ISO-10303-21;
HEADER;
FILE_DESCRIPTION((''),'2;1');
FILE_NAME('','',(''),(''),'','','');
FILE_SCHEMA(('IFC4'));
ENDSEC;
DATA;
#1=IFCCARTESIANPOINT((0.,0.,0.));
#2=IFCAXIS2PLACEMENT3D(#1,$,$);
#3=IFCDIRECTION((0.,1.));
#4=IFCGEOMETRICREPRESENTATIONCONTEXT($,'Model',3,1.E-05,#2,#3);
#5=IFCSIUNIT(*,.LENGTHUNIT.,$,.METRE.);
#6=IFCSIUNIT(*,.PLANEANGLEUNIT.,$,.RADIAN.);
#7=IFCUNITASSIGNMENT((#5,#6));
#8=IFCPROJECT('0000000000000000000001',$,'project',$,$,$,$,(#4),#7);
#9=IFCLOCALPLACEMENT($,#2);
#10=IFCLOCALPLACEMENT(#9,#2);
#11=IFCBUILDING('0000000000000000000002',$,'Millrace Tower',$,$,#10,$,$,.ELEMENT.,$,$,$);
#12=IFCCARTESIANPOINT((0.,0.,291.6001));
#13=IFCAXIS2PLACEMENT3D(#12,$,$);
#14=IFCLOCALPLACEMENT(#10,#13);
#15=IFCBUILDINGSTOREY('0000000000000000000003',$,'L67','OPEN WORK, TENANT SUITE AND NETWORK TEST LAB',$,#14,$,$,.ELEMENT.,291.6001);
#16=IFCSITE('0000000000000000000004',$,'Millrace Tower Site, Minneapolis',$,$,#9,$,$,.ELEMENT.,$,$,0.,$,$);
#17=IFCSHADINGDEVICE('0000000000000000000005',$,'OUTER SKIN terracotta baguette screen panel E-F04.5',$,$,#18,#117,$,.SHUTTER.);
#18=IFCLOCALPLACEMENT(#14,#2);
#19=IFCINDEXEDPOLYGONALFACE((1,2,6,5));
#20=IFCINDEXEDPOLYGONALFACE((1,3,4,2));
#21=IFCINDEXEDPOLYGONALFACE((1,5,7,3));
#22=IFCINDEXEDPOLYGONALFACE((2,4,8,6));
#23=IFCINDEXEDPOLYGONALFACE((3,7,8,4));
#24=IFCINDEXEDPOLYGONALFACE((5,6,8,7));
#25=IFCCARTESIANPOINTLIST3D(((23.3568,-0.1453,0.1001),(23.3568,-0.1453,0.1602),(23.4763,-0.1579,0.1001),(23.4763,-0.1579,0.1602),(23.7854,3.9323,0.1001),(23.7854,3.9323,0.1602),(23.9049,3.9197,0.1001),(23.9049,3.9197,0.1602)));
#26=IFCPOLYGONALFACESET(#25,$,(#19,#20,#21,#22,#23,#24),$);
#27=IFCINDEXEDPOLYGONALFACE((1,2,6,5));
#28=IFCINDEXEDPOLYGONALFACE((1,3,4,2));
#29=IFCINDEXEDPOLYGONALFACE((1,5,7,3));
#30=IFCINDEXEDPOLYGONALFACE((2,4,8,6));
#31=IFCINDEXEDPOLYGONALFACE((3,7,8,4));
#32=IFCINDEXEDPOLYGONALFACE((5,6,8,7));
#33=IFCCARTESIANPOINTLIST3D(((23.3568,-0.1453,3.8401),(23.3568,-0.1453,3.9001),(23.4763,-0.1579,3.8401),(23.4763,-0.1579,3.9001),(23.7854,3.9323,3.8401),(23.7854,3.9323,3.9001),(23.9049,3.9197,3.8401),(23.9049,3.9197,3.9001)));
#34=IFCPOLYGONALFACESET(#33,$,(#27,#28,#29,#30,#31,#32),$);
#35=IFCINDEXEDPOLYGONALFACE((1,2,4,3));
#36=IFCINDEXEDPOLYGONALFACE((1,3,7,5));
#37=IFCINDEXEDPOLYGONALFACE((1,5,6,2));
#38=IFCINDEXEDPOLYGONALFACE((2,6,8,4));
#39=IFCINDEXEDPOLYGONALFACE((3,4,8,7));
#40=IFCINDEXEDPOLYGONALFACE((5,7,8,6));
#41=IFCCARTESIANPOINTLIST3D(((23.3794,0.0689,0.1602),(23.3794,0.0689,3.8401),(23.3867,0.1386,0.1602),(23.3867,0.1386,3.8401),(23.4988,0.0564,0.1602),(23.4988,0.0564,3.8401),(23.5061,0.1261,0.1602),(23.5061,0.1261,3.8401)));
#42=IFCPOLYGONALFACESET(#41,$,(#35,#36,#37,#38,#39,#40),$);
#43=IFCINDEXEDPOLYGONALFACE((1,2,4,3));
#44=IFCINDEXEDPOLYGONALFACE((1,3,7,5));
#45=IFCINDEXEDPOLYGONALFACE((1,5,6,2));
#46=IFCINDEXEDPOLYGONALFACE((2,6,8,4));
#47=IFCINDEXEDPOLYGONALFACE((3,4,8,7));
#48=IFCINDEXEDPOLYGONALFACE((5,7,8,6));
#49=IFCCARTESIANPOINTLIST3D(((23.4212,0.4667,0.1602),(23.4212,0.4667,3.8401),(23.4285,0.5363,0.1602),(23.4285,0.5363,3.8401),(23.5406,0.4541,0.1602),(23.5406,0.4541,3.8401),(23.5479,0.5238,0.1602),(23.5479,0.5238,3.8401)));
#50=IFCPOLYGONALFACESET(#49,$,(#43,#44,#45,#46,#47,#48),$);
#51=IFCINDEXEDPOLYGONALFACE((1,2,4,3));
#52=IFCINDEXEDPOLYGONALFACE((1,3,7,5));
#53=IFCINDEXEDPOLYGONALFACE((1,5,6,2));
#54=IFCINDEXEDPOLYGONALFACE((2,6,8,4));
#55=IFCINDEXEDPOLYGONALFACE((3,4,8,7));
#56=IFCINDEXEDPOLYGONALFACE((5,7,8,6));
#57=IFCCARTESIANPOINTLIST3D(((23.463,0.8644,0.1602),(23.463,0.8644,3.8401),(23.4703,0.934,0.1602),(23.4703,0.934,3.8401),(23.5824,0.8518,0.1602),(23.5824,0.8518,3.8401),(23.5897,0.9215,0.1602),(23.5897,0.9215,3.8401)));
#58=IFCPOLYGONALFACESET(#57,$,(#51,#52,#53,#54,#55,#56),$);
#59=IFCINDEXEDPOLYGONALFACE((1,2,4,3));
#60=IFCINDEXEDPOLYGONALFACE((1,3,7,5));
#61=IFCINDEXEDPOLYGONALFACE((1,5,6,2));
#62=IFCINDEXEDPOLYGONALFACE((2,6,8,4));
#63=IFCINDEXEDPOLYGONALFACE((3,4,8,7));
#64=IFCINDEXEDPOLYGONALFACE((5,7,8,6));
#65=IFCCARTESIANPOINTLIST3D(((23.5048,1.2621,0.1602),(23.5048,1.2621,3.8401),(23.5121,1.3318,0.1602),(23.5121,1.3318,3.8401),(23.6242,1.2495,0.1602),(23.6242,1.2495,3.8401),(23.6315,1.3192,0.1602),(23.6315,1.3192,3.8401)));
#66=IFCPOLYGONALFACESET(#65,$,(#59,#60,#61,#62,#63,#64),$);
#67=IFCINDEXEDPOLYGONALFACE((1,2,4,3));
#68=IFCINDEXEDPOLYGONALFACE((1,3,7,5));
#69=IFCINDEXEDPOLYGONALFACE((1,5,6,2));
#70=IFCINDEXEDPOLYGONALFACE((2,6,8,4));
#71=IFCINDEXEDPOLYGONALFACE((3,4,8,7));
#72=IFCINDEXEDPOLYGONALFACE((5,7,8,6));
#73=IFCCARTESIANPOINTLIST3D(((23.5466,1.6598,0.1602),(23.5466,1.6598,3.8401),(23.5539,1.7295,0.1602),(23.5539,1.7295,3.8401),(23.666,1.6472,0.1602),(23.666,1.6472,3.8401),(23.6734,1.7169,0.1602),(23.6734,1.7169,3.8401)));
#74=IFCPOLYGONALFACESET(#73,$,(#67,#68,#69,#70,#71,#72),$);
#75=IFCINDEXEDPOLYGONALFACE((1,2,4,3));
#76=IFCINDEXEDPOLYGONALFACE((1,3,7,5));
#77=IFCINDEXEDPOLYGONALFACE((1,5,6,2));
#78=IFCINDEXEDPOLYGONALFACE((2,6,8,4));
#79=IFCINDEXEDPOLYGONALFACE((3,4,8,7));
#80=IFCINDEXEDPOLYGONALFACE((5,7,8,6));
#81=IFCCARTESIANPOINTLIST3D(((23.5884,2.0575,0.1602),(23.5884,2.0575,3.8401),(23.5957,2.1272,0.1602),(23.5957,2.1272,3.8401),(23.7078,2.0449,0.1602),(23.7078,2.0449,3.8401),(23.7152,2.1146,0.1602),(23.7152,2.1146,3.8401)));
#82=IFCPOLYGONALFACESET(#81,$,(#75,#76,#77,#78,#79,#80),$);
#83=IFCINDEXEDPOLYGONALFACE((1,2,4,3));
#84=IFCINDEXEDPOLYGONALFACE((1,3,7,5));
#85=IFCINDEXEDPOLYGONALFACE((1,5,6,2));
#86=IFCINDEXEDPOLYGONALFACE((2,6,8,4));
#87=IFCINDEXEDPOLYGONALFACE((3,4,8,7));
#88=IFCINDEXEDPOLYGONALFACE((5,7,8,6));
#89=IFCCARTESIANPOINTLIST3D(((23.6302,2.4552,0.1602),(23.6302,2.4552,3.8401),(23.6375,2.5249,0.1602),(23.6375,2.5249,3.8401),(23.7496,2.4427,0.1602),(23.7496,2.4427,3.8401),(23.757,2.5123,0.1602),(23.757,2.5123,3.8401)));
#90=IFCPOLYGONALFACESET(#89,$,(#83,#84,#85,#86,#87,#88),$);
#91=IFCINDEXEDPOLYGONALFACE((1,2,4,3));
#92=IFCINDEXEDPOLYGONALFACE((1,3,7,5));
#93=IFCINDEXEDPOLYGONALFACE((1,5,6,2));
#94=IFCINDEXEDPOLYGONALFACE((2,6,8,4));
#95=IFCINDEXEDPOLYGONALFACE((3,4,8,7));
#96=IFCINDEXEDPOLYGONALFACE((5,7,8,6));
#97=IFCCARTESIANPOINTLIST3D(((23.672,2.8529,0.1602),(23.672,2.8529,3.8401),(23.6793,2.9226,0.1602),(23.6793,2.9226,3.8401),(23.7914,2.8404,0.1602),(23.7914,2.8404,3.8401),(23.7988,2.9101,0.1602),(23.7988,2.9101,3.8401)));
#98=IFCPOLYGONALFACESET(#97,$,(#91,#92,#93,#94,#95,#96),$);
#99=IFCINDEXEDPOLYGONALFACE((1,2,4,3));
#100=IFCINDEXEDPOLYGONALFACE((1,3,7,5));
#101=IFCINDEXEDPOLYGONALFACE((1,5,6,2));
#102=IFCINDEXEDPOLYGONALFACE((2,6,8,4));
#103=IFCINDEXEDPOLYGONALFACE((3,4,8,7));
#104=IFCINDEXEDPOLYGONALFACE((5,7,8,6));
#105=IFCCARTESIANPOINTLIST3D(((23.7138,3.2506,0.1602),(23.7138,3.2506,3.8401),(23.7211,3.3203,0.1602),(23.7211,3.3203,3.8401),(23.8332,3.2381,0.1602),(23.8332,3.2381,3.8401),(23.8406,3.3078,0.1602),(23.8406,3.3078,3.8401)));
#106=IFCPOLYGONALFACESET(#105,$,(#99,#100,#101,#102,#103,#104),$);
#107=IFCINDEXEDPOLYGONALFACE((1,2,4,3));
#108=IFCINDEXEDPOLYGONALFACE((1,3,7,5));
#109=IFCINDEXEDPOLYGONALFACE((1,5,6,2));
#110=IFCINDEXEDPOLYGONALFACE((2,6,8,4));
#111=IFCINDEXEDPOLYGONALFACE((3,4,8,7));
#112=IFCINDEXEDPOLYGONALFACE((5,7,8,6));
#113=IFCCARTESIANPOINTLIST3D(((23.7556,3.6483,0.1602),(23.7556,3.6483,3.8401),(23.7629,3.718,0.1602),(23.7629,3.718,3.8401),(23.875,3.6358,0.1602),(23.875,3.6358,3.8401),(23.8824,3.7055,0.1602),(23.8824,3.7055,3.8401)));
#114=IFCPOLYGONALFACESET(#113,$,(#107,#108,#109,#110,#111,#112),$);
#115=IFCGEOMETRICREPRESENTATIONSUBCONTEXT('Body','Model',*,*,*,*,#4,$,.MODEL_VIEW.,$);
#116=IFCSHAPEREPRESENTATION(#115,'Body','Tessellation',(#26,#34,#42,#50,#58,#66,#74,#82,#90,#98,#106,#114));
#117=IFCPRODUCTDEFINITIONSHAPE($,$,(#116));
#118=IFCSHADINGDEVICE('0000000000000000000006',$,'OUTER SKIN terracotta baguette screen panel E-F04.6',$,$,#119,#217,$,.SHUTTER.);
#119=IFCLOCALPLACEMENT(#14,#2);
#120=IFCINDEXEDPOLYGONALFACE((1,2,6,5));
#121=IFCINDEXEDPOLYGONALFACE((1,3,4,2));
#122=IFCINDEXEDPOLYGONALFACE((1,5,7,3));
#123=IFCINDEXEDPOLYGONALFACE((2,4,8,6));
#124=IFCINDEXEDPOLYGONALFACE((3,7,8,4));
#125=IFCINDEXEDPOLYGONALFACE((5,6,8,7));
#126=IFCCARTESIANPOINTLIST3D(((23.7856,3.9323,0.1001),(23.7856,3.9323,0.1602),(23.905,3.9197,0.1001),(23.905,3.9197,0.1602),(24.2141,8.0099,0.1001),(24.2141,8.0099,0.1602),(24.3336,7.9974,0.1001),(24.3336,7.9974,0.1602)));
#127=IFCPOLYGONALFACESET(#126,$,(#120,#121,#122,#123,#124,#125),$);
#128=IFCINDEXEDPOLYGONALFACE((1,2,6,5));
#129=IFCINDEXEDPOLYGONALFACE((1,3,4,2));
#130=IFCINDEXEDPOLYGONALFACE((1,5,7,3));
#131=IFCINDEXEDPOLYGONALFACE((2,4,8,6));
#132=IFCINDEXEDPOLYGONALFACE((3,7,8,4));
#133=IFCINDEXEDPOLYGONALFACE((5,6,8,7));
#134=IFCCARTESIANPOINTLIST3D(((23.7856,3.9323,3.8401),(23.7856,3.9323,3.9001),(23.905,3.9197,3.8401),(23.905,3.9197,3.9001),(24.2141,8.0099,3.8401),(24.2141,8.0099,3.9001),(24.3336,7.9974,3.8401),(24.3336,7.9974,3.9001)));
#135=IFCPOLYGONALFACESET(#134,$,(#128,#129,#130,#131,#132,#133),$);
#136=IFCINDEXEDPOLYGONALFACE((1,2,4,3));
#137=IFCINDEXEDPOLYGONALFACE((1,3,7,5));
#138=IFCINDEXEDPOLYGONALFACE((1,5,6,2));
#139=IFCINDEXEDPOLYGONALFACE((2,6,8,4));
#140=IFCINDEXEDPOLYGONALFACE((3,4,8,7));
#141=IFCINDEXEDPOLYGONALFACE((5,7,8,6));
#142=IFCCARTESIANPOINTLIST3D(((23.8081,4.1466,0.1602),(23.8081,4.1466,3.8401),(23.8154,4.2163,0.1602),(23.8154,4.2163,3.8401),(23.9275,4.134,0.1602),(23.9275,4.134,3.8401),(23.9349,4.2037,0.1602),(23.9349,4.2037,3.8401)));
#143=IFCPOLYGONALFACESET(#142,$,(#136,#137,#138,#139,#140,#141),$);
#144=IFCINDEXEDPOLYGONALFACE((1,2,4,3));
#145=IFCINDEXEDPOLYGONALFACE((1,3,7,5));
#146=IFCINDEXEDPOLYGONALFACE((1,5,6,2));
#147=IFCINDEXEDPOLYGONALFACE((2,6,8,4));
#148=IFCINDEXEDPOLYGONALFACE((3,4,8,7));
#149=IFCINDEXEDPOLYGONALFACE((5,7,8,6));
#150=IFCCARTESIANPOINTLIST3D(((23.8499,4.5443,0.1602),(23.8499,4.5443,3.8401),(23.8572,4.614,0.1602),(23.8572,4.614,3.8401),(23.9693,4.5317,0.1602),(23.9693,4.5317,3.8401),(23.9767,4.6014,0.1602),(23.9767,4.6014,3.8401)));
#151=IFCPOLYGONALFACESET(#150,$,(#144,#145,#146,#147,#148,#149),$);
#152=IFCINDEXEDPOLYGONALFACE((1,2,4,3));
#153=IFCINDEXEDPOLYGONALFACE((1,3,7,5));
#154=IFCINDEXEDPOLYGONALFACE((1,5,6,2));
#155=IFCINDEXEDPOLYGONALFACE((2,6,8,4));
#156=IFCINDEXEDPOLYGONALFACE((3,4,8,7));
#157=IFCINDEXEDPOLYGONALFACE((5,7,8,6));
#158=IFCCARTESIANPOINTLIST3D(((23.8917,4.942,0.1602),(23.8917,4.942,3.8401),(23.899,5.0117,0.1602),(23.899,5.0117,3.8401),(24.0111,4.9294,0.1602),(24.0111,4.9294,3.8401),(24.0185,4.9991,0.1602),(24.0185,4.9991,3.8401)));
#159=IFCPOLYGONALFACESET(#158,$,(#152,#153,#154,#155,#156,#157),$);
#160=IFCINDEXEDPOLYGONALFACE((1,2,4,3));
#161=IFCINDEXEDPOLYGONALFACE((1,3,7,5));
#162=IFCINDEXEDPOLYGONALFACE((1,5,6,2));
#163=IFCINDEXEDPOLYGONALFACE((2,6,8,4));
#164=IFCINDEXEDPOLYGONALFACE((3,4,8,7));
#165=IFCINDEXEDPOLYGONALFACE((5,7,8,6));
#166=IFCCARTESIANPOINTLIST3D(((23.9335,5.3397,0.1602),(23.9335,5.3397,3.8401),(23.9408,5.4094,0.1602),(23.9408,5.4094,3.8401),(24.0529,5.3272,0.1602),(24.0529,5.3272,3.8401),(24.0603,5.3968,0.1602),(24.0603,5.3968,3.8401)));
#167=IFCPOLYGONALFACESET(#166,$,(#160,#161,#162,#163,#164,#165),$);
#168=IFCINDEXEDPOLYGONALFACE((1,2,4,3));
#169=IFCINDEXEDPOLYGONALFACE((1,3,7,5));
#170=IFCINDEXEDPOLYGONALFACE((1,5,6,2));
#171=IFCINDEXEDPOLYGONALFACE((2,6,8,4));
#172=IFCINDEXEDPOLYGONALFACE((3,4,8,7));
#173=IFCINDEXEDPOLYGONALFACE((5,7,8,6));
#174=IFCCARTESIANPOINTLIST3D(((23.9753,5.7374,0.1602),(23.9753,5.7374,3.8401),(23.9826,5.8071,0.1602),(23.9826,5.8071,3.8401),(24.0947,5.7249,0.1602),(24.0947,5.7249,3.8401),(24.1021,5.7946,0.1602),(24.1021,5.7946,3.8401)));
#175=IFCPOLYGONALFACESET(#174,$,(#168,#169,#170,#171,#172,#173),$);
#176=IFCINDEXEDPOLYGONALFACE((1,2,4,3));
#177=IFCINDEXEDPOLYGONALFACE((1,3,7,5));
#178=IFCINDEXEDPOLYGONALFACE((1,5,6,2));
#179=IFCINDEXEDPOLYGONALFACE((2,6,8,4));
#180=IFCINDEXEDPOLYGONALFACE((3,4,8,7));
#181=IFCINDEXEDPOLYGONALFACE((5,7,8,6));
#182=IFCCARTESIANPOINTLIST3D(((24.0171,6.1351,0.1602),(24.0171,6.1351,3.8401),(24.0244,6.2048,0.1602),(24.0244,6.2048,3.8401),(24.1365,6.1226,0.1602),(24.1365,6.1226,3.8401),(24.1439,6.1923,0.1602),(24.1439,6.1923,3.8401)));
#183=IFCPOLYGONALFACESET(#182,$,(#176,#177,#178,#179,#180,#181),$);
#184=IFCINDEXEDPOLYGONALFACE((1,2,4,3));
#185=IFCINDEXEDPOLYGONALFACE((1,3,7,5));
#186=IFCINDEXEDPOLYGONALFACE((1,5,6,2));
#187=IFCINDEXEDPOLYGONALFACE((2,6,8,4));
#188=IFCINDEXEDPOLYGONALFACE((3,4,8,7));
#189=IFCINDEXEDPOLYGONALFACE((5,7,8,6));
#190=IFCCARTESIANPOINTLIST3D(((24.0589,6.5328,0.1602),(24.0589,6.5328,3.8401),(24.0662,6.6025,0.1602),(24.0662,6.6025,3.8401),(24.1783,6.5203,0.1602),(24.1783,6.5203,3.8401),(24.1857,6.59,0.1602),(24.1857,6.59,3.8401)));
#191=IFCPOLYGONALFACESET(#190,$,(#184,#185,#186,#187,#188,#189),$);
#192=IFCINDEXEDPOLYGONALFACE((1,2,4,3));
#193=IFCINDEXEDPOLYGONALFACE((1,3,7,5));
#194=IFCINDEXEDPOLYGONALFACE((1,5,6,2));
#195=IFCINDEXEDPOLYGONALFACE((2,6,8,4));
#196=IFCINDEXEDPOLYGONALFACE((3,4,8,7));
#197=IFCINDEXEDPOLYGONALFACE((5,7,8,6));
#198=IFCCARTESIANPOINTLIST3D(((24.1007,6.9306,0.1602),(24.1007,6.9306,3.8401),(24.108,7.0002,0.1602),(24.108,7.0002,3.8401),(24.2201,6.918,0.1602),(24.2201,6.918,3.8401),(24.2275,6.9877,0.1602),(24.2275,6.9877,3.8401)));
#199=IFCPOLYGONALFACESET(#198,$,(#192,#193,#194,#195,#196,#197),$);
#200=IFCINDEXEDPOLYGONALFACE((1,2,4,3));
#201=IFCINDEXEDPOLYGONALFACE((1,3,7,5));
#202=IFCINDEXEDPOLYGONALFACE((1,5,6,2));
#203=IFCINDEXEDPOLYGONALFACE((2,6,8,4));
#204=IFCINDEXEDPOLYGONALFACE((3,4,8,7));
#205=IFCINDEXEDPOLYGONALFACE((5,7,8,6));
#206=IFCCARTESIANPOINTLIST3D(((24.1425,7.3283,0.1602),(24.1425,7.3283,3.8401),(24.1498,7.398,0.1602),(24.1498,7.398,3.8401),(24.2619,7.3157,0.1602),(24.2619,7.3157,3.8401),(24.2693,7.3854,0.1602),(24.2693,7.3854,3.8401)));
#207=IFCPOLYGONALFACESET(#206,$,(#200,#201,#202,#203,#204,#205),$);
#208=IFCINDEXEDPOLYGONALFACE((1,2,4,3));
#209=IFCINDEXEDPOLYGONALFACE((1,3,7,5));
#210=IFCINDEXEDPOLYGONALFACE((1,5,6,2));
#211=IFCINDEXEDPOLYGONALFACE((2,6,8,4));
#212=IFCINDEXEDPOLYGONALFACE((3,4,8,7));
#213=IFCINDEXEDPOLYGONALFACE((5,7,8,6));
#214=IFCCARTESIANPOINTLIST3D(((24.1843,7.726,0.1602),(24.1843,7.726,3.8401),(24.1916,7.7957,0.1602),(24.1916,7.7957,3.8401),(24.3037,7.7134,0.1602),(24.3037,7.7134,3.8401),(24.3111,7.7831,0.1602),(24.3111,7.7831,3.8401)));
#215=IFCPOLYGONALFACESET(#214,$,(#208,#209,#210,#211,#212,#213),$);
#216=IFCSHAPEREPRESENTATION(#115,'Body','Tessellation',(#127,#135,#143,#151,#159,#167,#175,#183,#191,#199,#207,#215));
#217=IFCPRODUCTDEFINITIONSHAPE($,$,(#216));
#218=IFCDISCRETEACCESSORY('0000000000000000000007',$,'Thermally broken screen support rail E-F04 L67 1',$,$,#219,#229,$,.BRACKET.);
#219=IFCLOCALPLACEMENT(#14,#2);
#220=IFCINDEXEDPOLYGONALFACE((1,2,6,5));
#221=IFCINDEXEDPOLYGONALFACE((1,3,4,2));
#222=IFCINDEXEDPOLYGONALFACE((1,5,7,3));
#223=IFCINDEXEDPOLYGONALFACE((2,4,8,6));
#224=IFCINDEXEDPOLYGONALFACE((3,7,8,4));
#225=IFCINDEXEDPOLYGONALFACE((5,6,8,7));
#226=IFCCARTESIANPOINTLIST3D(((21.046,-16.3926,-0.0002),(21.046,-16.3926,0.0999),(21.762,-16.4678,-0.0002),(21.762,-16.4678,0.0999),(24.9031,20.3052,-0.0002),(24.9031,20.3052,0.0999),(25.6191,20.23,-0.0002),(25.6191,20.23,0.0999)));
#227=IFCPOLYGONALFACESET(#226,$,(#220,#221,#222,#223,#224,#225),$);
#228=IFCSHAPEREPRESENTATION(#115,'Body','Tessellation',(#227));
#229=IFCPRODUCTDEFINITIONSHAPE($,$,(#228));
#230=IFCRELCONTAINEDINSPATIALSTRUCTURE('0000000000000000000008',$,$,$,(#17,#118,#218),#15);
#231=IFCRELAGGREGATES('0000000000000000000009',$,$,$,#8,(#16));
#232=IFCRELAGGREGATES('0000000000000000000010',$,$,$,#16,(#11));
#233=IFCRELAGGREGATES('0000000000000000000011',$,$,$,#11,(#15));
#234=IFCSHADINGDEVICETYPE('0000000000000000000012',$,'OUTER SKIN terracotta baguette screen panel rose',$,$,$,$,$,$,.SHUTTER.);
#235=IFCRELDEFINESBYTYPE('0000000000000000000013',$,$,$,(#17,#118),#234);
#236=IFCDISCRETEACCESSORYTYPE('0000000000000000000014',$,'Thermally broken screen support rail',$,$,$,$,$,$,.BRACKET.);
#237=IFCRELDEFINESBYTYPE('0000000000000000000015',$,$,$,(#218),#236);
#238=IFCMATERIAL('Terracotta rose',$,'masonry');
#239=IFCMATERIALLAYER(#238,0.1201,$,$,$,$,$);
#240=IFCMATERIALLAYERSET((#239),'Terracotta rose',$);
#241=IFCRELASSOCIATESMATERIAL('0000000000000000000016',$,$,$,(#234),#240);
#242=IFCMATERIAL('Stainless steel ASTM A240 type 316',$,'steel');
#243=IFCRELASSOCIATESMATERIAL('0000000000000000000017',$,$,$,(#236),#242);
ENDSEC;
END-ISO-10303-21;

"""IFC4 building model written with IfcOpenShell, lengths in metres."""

from ifc_helpers import new_model, entity, si_unit, direction, frame, frame_2d, origin, origin_2d, place, context, subcontext, project, spatial, rectangle, extrude, source, transform, mapped, material, layer, layer_set, type_object, element, save


model = new_model("IFC4")

# Units and contexts
model_context = context("Model", 3, precision=1e-05, world=origin(), true_north=direction((0.0, 1.0)))
body_context = subcontext(model_context, "Body", "Model", "MODEL_VIEW")
ifc_project = project(units=[si_unit("LENGTHUNIT", "METRE"), si_unit("PLANEANGLEUNIT", "RADIAN")], contexts=[model_context])

# Site, building, storey
site_placement = place(None, origin())
site = spatial("IfcSite", under=ifc_project, at=site_placement, Name="Millrace Tower Site, Minneapolis", CompositionType="ELEMENT", RefElevation=0.0)
building_placement = place(site_placement, origin())
building = spatial("IfcBuilding", under=site, at=building_placement, Name="Millrace Tower", CompositionType="ELEMENT")
storey_placement = place(building_placement, frame((0.0, 0.0, 291.6001)))
storey = spatial("IfcBuildingStorey", under=building, at=storey_placement, Name="L67", Description="OPEN WORK, TENANT SUITE AND NETWORK TEST LAB", CompositionType="ELEMENT", Elevation=291.6001)

# Shading devices
ifc_material_1 = material(Name="Terracotta rose", Category="masonry")
ifc_layer_1 = layer(ifc_material_1, 0.1201)
ifc_layer_set_1 = layer_set([ifc_layer_1], Name="Terracotta rose")
shading_device_type = type_object("IfcShadingDeviceType", Name="OUTER SKIN terracotta baguette screen panel rose", PredefinedType="SHUTTER", material=ifc_layer_set_1)
cartesian_point = entity("IfcCartesianPoint", [-2.05, 0.0601])
shared_polyline = entity("IfcPolyline", [cartesian_point, entity("IfcCartesianPoint", [2.05, 0.0601]), entity("IfcCartesianPoint", [2.05, -0.0601]), entity("IfcCartesianPoint", [-2.05, -0.0601]), cartesian_point])
shared_shape = source(origin(), body_context, "Body", "SweptSolid", [
    entity("IfcExtrudedAreaSolid", entity("IfcArbitraryClosedProfileDef", "AREA", None, shared_polyline), entity("IfcAxis2Placement3D", entity("IfcCartesianPoint", [0.0, 0.0, 0.0])), entity("IfcDirection", [0.0, 0.0, 1.0]), 0.0601),
    entity("IfcExtrudedAreaSolid", entity("IfcArbitraryClosedProfileDef", "AREA", None, shared_polyline), entity("IfcAxis2Placement3D", entity("IfcCartesianPoint", [0.0, 0.0, 3.74])), entity("IfcDirection", [0.0, 0.0, 1.0]), 0.0601),
    extrude(rectangle(XDim=0.0701, YDim=0.1201, at=frame_2d((-1.7996, 0.0))), frame((0.0, 0.0, 0.0601)), (0.0, 0.0, 1.0), 3.6799),
    extrude(rectangle(XDim=0.0701, YDim=0.1201, at=frame_2d((-1.3997, 0.0))), frame((0.0, 0.0, 0.0601)), (0.0, 0.0, 1.0), 3.6799),
    extrude(rectangle(XDim=0.0701, YDim=0.1201, at=frame_2d((-0.9998, 0.0))), frame((0.0, 0.0, 0.0601)), (0.0, 0.0, 1.0), 3.6799),
    extrude(rectangle(XDim=0.0701, YDim=0.1201, at=frame_2d((-0.5999, 0.0))), frame((0.0, 0.0, 0.0601)), (0.0, 0.0, 1.0), 3.6799),
    extrude(rectangle(XDim=0.0701, YDim=0.1201, at=frame_2d((-0.2, 0.0))), frame((0.0, 0.0, 0.0601)), (0.0, 0.0, 1.0), 3.6799),
    extrude(rectangle(XDim=0.0701, YDim=0.1201, at=frame_2d((0.2, 0.0))), frame((0.0, 0.0, 0.0601)), (0.0, 0.0, 1.0), 3.6799),
    extrude(rectangle(XDim=0.0701, YDim=0.1201, at=frame_2d((0.5999, 0.0))), frame((0.0, 0.0, 0.0601)), (0.0, 0.0, 1.0), 3.6799),
    extrude(rectangle(XDim=0.0701, YDim=0.1201, at=frame_2d((0.9998, 0.0))), frame((0.0, 0.0, 0.0601)), (0.0, 0.0, 1.0), 3.6799),
    extrude(rectangle(XDim=0.0701, YDim=0.1201, at=frame_2d((1.3997, 0.0))), frame((0.0, 0.0, 0.0601)), (0.0, 0.0, 1.0), 3.6799),
    extrude(rectangle(XDim=0.0701, YDim=0.1201, at=frame_2d((1.7996, 0.0))), frame((0.0, 0.0, 0.0601)), (0.0, 0.0, 1.0), 3.6799),
])
for number, where, z_axis, x_axis, name in (
    (1, (23.6309, 1.8872, 0.1001), (0.0, 0.0, 1.0), (0.104528, 0.994522, 0.0), "OUTER SKIN terracotta baguette screen panel E-F04.5"),
    (2, (24.0596, 5.9648, 0.1001), (0.0, 0.0, 1.0), (0.104528, 0.994522, 0.0), "OUTER SKIN terracotta baguette screen panel E-F04.6"),
):
    element("IfcShadingDevice", number, at=place(storey_placement, frame(where, z_axis=z_axis, x_axis=x_axis)), inside=storey, type_object=shading_device_type, Name=name, PredefinedType="SHUTTER", context=body_context, shape_type="MappedRepresentation", body=[
        mapped(shared_shape, transform((0.0, 0.0, 0.0), scale=1.0)),
    ])

# Discrete accessory
ifc_material_2 = material(Name="Stainless steel ASTM A240 type 316", Category="steel")
discrete_accessory_type = type_object("IfcDiscreteAccessoryType", Name="Thermally broken screen support rail", PredefinedType="BRACKET", material=ifc_material_2)
discrete_accessory_placement = place(storey_placement, frame((23.3325, 1.9187, -0.0002), z_axis=(0.0, 0.0, 1.0), x_axis=(0.104528, 0.994522, 0.0)))
element("IfcDiscreteAccessory", 3, at=discrete_accessory_placement, inside=storey, type_object=discrete_accessory_type, Name="Thermally broken screen support rail E-F04 L67 1", PredefinedType="BRACKET", context=body_context, shape_type="SweptSolid", body=[
    extrude(rectangle(XDim=36.8999, YDim=0.72, at=origin_2d()), origin(), (0.0, 0.0, 1.0), 0.1001),
])

save(model, "model.ifc")
